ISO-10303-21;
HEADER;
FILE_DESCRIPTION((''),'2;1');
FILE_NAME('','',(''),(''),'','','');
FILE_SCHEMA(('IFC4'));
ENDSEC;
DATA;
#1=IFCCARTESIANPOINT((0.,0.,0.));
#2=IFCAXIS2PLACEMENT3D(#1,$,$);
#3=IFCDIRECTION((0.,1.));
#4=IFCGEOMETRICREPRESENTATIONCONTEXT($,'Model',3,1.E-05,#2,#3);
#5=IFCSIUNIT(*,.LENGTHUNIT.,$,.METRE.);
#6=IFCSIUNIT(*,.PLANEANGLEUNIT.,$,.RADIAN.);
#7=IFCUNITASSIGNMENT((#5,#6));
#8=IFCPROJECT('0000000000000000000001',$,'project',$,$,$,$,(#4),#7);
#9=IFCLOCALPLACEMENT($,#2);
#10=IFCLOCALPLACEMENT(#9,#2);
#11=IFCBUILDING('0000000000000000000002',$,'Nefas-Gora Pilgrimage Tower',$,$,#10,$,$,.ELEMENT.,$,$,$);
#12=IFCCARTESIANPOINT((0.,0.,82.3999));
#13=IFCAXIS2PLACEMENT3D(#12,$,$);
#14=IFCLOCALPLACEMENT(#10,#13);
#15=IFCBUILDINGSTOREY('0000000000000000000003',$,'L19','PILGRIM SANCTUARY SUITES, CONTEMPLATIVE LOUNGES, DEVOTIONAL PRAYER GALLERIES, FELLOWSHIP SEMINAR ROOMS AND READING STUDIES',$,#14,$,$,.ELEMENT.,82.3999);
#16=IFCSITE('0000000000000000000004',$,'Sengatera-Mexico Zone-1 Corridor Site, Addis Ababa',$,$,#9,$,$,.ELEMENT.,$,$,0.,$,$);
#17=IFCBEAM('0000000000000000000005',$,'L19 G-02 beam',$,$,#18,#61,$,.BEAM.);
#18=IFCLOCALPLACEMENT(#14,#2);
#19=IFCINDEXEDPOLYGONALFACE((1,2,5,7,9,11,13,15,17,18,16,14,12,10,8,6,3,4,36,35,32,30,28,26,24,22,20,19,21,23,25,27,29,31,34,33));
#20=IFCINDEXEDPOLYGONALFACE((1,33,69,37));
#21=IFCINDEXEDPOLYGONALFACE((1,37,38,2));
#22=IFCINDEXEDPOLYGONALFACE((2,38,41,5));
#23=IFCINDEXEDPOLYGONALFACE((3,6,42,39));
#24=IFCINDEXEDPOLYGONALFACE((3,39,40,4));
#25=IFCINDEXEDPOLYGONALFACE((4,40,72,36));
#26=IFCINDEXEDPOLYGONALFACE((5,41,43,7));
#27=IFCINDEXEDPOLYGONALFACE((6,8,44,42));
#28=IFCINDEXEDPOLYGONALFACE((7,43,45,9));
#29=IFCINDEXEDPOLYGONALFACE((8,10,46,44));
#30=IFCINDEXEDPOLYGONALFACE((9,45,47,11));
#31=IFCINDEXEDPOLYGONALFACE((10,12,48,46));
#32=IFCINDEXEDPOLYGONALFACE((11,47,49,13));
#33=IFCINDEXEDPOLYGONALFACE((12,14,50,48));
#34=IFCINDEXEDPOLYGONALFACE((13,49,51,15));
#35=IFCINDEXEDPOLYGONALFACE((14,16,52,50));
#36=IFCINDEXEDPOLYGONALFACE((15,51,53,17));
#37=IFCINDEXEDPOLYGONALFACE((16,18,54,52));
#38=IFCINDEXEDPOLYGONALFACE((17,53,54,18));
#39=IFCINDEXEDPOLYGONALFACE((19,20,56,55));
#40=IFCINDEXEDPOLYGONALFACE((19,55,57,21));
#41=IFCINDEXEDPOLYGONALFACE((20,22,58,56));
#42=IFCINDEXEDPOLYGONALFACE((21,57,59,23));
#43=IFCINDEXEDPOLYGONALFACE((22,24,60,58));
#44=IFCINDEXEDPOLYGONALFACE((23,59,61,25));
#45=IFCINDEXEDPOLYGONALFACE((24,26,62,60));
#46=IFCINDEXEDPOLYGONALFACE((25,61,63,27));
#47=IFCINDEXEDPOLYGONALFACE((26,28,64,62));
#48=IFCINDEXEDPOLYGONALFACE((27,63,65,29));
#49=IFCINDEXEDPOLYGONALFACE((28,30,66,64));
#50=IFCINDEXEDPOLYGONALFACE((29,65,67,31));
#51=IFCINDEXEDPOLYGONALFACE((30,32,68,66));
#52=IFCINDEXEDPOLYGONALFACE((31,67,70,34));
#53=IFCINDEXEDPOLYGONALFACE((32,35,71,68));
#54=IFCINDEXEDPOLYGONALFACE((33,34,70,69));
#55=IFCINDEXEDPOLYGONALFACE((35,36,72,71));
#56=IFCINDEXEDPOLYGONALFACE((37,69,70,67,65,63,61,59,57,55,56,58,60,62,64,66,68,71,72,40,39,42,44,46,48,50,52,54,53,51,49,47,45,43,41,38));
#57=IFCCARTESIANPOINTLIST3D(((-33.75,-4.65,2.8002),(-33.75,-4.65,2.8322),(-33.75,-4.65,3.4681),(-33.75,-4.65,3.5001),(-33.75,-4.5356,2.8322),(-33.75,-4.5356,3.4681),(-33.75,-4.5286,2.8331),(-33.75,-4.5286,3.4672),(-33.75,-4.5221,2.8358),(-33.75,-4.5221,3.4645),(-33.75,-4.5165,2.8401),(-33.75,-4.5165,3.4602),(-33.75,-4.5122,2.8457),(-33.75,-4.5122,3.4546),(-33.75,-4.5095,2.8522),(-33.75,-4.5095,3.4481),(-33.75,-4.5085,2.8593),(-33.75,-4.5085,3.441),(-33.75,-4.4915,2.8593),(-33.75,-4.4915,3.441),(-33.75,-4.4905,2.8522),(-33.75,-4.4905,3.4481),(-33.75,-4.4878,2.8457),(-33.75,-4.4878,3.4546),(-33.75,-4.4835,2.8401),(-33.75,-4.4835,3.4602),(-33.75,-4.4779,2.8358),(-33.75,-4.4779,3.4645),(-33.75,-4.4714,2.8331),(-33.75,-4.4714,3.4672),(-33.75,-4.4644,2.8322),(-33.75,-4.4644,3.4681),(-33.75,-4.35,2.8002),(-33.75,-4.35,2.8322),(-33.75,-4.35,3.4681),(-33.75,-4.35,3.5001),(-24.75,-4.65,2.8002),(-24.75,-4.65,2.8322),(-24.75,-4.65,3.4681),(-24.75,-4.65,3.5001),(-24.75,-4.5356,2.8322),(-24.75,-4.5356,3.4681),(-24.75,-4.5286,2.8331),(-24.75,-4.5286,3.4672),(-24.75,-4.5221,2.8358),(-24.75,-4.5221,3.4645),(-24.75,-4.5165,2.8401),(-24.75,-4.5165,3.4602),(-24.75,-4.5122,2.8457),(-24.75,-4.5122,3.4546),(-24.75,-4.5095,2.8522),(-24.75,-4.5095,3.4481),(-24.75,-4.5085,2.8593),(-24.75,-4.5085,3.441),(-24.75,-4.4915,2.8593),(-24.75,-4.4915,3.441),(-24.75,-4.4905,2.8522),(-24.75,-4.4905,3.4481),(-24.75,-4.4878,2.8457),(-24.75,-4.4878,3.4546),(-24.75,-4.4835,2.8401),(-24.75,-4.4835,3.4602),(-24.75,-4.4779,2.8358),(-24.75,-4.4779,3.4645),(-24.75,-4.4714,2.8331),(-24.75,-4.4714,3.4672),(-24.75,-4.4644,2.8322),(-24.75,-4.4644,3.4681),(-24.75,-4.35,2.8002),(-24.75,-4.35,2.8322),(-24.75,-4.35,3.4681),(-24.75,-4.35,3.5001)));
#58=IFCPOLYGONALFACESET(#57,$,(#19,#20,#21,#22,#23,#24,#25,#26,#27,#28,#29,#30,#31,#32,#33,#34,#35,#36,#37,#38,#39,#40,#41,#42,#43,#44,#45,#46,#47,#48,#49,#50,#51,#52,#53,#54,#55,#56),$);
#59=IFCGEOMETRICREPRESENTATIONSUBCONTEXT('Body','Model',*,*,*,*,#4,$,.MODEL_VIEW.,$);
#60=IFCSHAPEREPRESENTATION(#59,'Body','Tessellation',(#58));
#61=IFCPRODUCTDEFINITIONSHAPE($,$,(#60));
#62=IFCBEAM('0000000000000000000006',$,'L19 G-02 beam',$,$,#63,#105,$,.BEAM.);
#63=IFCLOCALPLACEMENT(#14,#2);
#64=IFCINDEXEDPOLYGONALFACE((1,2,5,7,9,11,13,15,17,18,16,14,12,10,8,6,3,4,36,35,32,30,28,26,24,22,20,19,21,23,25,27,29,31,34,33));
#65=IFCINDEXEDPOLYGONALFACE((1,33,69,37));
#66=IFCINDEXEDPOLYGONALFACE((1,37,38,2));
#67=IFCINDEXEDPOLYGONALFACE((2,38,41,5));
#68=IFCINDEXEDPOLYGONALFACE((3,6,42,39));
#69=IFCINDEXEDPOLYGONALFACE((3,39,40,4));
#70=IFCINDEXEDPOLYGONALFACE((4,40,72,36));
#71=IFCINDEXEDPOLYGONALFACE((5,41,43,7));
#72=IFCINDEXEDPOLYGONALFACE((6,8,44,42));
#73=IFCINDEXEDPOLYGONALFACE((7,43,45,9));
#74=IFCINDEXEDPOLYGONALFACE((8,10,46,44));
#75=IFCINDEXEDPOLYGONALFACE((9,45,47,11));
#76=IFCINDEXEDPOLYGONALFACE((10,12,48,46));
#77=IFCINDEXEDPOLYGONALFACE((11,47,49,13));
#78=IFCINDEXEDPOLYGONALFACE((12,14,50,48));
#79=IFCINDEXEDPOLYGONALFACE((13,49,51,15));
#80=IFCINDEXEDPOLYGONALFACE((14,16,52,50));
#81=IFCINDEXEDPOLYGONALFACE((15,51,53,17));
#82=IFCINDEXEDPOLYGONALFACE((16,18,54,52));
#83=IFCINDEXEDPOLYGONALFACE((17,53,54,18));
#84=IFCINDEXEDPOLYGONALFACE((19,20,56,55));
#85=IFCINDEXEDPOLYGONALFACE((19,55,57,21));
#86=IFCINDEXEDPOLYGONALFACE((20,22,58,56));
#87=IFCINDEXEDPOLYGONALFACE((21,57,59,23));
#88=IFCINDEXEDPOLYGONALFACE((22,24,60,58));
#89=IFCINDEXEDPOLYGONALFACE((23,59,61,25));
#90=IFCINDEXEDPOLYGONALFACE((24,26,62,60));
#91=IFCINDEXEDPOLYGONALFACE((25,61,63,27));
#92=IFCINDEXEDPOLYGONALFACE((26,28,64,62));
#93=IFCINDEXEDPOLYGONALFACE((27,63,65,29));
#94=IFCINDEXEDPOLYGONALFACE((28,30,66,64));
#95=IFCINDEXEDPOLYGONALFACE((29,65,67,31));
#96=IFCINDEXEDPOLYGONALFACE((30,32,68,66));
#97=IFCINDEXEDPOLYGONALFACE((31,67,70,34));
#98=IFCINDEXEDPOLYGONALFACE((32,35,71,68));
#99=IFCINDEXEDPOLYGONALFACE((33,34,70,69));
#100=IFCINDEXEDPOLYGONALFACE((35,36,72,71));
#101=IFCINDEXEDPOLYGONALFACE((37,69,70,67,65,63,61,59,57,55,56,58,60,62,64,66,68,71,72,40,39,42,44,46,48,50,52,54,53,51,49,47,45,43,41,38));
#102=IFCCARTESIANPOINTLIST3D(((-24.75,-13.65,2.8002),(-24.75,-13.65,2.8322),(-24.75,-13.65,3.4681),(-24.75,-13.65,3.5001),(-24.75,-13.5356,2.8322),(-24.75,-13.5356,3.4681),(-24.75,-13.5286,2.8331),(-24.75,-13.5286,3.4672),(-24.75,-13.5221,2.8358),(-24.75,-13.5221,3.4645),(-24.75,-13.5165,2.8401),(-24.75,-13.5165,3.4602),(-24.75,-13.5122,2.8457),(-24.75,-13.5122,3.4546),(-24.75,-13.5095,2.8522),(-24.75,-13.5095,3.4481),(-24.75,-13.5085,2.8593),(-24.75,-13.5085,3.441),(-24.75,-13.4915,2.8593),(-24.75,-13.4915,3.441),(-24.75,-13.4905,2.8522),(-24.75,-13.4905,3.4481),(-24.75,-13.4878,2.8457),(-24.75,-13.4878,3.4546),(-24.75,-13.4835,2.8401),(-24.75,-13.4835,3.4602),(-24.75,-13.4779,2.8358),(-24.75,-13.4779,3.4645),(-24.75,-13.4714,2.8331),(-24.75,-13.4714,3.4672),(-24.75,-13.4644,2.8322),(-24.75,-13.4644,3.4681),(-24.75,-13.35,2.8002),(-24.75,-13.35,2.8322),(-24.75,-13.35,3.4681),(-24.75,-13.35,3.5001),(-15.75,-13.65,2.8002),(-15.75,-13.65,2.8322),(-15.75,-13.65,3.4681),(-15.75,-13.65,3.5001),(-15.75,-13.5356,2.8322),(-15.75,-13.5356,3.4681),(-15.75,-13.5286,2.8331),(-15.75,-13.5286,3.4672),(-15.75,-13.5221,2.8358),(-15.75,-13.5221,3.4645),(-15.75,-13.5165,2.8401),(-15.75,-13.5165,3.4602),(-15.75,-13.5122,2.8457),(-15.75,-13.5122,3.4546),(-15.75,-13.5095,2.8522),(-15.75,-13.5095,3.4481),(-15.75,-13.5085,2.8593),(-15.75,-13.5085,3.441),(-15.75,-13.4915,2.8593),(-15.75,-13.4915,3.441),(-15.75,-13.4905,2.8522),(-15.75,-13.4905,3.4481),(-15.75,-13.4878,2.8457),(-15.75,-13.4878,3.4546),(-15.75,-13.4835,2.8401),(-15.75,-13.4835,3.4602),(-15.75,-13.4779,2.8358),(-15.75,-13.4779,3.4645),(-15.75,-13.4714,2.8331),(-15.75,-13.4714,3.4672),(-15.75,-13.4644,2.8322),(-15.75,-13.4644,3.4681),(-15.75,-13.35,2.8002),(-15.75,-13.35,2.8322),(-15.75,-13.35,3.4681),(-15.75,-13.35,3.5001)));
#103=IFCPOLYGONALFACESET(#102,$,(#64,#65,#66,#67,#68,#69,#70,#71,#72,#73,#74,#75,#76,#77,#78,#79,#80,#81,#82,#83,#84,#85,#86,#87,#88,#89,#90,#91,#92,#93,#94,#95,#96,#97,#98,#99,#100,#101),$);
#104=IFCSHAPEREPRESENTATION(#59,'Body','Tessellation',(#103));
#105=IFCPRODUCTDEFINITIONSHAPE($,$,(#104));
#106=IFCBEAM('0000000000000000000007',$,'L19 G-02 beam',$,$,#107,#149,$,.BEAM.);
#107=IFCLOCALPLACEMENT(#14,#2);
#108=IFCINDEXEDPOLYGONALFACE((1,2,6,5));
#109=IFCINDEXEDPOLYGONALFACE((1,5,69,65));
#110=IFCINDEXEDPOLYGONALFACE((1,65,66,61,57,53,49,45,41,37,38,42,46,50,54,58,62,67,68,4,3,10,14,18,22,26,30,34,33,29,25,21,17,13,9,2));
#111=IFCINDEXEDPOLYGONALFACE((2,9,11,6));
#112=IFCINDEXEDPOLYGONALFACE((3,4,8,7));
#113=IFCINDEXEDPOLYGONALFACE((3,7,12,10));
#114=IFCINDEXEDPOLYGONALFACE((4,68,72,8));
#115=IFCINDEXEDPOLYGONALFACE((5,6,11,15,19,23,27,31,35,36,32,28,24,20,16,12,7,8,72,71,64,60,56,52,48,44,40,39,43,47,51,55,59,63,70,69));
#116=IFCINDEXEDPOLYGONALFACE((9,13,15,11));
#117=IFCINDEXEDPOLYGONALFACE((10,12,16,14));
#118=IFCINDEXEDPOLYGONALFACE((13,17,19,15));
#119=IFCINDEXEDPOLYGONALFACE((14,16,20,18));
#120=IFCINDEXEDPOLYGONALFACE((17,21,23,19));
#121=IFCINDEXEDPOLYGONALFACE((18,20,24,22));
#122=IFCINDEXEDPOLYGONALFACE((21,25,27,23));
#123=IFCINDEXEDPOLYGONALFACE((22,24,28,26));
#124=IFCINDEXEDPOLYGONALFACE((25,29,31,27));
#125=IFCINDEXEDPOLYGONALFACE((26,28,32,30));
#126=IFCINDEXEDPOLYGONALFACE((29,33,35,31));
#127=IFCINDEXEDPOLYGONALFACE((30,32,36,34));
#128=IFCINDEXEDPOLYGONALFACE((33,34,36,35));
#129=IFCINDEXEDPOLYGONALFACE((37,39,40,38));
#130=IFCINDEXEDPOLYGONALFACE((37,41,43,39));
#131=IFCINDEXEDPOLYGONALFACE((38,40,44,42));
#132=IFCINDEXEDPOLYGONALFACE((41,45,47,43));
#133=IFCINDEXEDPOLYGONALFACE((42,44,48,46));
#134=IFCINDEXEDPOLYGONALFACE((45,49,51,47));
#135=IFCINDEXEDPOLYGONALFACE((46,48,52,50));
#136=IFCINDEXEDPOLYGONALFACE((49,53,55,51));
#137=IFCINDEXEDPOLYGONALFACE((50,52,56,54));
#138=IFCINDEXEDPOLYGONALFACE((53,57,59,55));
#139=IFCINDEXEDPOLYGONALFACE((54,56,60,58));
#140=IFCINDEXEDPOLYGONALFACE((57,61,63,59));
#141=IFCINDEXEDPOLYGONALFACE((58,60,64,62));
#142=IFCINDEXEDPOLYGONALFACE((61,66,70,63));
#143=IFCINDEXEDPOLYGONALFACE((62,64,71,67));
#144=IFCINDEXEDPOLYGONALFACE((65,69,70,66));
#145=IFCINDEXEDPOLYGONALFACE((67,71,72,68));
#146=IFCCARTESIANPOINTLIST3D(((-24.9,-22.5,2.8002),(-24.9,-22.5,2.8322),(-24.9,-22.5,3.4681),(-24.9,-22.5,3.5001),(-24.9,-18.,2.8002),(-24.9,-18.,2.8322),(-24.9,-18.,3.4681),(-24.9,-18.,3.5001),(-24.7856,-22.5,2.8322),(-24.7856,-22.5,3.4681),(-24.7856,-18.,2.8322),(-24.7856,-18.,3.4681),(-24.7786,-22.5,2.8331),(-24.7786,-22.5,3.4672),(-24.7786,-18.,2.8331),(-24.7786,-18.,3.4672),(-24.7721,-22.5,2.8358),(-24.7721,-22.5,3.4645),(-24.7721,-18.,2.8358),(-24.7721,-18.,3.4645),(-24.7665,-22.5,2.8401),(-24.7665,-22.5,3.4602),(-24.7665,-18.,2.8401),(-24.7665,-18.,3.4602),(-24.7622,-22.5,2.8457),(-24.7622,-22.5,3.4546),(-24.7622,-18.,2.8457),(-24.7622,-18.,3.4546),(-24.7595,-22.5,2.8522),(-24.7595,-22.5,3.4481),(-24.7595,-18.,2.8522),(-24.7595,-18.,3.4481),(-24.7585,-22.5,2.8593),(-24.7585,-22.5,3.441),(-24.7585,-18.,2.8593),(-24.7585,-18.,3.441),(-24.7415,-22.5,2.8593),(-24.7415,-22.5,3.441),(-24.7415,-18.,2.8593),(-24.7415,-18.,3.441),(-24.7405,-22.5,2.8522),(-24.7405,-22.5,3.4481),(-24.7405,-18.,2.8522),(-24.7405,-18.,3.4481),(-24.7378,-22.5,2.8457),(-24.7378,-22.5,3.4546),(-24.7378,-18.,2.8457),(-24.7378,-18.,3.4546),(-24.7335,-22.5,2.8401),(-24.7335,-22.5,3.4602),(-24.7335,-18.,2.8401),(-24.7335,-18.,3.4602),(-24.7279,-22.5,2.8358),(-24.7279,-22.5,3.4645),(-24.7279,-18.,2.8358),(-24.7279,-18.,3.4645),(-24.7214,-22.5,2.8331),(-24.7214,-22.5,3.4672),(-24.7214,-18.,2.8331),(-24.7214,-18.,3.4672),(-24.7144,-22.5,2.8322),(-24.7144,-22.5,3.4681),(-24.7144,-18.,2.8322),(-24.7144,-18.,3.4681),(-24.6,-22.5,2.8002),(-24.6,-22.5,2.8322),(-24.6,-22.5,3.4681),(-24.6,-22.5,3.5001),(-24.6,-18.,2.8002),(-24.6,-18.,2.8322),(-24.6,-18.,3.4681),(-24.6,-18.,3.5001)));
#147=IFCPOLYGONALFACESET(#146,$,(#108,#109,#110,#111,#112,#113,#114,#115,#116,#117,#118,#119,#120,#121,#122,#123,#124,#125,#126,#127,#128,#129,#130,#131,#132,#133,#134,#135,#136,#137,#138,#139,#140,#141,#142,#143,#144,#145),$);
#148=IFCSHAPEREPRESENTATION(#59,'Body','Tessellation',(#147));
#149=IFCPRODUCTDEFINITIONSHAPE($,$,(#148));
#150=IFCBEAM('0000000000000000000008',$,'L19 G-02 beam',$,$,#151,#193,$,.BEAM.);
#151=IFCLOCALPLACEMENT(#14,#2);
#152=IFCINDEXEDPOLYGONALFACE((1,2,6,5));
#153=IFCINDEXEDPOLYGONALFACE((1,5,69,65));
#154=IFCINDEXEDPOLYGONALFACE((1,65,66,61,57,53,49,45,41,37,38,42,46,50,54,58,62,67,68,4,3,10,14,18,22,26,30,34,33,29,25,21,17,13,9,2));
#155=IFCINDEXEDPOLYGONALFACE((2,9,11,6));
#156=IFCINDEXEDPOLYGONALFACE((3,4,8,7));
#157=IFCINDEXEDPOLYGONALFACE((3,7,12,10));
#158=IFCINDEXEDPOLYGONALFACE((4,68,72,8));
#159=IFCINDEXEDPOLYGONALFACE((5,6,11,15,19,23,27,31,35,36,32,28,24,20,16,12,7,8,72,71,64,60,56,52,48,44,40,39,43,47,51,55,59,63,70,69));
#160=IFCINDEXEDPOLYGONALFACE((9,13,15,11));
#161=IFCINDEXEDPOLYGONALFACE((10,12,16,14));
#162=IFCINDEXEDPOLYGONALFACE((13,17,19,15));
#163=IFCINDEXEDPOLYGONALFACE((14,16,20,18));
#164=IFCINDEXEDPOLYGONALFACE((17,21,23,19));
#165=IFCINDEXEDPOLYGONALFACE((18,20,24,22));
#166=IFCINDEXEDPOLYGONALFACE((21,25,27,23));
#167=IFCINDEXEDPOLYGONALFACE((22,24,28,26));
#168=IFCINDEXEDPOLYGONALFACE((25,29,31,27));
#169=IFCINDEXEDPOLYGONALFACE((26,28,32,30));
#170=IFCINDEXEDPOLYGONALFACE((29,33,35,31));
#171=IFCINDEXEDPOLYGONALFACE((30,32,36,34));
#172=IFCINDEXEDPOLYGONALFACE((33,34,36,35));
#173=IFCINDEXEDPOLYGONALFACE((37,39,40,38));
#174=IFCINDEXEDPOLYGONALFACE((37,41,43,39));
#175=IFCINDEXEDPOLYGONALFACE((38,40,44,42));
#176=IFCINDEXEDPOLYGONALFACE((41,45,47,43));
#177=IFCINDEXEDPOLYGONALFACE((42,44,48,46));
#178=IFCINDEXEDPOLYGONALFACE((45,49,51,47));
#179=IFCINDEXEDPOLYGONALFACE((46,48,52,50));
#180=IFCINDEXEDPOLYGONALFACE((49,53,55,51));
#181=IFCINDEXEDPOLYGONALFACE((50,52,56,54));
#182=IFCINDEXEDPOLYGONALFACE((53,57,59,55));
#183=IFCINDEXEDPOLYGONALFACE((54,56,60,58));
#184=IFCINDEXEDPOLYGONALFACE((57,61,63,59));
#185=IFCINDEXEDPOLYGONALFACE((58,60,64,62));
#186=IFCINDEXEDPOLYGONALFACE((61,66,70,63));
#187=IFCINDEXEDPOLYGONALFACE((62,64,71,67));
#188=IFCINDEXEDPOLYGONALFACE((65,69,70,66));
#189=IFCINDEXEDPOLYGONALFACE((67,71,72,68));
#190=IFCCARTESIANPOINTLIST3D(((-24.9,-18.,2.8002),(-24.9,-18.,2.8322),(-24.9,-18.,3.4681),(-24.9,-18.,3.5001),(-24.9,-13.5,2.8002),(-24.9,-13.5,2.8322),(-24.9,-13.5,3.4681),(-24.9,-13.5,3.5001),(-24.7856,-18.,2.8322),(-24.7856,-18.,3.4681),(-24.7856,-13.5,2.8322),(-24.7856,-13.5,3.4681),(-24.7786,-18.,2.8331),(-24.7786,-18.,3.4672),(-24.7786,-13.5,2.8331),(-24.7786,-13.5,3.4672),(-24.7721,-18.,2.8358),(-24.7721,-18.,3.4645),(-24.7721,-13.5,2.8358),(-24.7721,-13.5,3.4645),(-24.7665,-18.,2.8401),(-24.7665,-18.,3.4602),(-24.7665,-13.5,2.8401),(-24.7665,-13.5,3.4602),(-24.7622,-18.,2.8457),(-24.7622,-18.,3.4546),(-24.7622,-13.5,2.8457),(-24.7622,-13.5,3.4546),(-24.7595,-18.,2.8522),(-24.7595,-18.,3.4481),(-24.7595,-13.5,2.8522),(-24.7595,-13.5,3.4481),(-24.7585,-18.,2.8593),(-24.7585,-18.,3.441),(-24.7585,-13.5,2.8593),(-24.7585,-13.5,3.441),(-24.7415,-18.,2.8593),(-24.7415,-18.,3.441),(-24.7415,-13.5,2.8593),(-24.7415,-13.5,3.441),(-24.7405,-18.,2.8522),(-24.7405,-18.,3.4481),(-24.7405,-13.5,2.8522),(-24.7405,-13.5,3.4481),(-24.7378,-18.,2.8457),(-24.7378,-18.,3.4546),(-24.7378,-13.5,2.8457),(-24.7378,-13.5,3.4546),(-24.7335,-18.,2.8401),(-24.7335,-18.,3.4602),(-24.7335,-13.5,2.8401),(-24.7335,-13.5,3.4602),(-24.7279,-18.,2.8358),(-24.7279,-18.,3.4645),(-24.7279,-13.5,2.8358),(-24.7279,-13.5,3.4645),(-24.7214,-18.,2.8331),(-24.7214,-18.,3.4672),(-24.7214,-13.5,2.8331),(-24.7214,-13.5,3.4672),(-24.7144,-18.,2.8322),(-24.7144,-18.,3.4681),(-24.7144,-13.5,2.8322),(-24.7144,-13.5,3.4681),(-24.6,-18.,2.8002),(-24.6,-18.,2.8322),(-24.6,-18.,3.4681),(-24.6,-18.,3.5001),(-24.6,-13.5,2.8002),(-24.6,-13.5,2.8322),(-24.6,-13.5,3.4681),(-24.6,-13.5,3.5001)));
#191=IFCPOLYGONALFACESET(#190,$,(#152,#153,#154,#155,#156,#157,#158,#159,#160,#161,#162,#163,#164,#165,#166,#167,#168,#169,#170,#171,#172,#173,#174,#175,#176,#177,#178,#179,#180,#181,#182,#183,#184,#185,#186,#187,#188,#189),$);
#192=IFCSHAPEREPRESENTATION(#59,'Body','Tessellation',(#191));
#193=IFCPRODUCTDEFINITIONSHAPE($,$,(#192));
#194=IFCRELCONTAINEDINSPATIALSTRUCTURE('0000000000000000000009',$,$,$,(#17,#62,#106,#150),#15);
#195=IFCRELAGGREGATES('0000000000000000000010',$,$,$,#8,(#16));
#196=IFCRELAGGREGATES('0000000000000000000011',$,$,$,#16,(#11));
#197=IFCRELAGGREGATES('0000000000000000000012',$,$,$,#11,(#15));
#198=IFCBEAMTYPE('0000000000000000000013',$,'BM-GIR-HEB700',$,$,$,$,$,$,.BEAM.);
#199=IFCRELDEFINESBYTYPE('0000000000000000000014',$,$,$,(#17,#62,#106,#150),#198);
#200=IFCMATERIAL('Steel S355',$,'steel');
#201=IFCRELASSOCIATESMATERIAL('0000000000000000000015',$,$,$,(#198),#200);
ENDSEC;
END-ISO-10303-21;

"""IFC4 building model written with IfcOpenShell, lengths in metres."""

from ifc_helpers import new_model, si_unit, direction, frame, origin, origin_2d, place, context, subcontext, project, spatial, i_section, extrude, source, transform, mapped, material, material_profile, profile_set, type_object, element, save


model = new_model("IFC4")

# Units and contexts
model_context = context("Model", 3, precision=1e-05, world=origin(), true_north=direction((0.0, 1.0)))
body_context = subcontext(model_context, "Body", "Model", "MODEL_VIEW")
ifc_project = project(units=[si_unit("LENGTHUNIT", "METRE"), si_unit("PLANEANGLEUNIT", "RADIAN")], contexts=[model_context])

# Site, building, storey
site_placement = place(None, origin())
site = spatial("IfcSite", under=ifc_project, at=site_placement, Name="Sengatera-Mexico Zone-1 Corridor Site, Addis Ababa", CompositionType="ELEMENT", RefElevation=0.0)
building_placement = place(site_placement, origin())
building = spatial("IfcBuilding", under=site, at=building_placement, Name="Nefas-Gora Pilgrimage Tower", CompositionType="ELEMENT")
storey_placement = place(building_placement, frame((0.0, 0.0, 82.3999)))
storey = spatial("IfcBuildingStorey", under=building, at=storey_placement, Name="L19", Description="PILGRIM SANCTUARY SUITES, CONTEMPLATIVE LOUNGES, DEVOTIONAL PRAYER GALLERIES, FELLOWSHIP SEMINAR ROOMS AND READING STUDIES", CompositionType="ELEMENT", Elevation=82.3999)

# Beams
ifc_material_1 = material(Name="Steel S355", Category="steel")
ifc_material_profile_1 = material_profile(ifc_material_1, i_section(OverallWidth=0.3, OverallDepth=0.7, WebThickness=0.0171, FlangeThickness=0.032, FilletRadius=0.0271, at=origin_2d()), Name="HEB 700")
ifc_profile_set_1 = profile_set([ifc_material_profile_1], Name="Steel S355")
beam_type_1 = type_object("IfcBeamType", Name="BM-GIR-HEB700", PredefinedType="BEAM", material=ifc_profile_set_1)
shared_shape_1 = source(origin(), body_context, "Body", "SweptSolid", [
    extrude(i_section(OverallWidth=0.3, OverallDepth=0.7, WebThickness=0.0171, FlangeThickness=0.032, FilletRadius=0.0271, at=origin_2d()), origin(), (0.0, 0.0, 1.0), 9.0),
])
for number, where, z_axis, x_axis, name in (
    (1, (-33.75, -4.5, 3.1501), (1.0, 0.0, 0.0), (0.0, 1.0, 0.0), "L19 G-02 beam"),
    (2, (-24.75, -13.5, 3.1501), (1.0, 0.0, 0.0), (0.0, 1.0, 0.0), "L19 G-02 beam"),
):
    element("IfcBeam", number, at=place(storey_placement, frame(where, z_axis=z_axis, x_axis=x_axis)), inside=storey, type_object=beam_type_1, Name=name, PredefinedType="BEAM", context=body_context, shape_type="MappedRepresentation", body=[
        mapped(shared_shape_1, transform((0.0, 0.0, 0.0), x_axis=(1.0, 0.0, 0.0), y_axis=(0.0, 1.0, 0.0), z_axis=(0.0, 0.0, 1.0), scale=1.0)),
    ])
shared_shape_2 = source(origin(), body_context, "Body", "SweptSolid", [
    extrude(i_section(OverallWidth=0.3, OverallDepth=0.7, WebThickness=0.0171, FlangeThickness=0.032, FilletRadius=0.0271, at=origin_2d()), origin(), (0.0, 0.0, 1.0), 4.5),
])
for number, where, z_axis, x_axis, name in (
    (3, (-24.75, -22.5, 3.1501), (0.0, 1.0, 0.0), (-1.0, 0.0, 0.0), "L19 G-02 beam"),
    (4, (-24.75, -18.0, 3.1501), (0.0, 1.0, 0.0), (-1.0, 0.0, 0.0), "L19 G-02 beam"),
):
    element("IfcBeam", number, at=place(storey_placement, frame(where, z_axis=z_axis, x_axis=x_axis)), inside=storey, type_object=beam_type_1, Name=name, PredefinedType="BEAM", context=body_context, shape_type="MappedRepresentation", body=[
        mapped(shared_shape_2, transform((0.0, 0.0, 0.0), x_axis=(1.0, 0.0, 0.0), y_axis=(0.0, 1.0, 0.0), z_axis=(0.0, 0.0, 1.0), scale=1.0)),
    ])

save(model, "model.ifc")
